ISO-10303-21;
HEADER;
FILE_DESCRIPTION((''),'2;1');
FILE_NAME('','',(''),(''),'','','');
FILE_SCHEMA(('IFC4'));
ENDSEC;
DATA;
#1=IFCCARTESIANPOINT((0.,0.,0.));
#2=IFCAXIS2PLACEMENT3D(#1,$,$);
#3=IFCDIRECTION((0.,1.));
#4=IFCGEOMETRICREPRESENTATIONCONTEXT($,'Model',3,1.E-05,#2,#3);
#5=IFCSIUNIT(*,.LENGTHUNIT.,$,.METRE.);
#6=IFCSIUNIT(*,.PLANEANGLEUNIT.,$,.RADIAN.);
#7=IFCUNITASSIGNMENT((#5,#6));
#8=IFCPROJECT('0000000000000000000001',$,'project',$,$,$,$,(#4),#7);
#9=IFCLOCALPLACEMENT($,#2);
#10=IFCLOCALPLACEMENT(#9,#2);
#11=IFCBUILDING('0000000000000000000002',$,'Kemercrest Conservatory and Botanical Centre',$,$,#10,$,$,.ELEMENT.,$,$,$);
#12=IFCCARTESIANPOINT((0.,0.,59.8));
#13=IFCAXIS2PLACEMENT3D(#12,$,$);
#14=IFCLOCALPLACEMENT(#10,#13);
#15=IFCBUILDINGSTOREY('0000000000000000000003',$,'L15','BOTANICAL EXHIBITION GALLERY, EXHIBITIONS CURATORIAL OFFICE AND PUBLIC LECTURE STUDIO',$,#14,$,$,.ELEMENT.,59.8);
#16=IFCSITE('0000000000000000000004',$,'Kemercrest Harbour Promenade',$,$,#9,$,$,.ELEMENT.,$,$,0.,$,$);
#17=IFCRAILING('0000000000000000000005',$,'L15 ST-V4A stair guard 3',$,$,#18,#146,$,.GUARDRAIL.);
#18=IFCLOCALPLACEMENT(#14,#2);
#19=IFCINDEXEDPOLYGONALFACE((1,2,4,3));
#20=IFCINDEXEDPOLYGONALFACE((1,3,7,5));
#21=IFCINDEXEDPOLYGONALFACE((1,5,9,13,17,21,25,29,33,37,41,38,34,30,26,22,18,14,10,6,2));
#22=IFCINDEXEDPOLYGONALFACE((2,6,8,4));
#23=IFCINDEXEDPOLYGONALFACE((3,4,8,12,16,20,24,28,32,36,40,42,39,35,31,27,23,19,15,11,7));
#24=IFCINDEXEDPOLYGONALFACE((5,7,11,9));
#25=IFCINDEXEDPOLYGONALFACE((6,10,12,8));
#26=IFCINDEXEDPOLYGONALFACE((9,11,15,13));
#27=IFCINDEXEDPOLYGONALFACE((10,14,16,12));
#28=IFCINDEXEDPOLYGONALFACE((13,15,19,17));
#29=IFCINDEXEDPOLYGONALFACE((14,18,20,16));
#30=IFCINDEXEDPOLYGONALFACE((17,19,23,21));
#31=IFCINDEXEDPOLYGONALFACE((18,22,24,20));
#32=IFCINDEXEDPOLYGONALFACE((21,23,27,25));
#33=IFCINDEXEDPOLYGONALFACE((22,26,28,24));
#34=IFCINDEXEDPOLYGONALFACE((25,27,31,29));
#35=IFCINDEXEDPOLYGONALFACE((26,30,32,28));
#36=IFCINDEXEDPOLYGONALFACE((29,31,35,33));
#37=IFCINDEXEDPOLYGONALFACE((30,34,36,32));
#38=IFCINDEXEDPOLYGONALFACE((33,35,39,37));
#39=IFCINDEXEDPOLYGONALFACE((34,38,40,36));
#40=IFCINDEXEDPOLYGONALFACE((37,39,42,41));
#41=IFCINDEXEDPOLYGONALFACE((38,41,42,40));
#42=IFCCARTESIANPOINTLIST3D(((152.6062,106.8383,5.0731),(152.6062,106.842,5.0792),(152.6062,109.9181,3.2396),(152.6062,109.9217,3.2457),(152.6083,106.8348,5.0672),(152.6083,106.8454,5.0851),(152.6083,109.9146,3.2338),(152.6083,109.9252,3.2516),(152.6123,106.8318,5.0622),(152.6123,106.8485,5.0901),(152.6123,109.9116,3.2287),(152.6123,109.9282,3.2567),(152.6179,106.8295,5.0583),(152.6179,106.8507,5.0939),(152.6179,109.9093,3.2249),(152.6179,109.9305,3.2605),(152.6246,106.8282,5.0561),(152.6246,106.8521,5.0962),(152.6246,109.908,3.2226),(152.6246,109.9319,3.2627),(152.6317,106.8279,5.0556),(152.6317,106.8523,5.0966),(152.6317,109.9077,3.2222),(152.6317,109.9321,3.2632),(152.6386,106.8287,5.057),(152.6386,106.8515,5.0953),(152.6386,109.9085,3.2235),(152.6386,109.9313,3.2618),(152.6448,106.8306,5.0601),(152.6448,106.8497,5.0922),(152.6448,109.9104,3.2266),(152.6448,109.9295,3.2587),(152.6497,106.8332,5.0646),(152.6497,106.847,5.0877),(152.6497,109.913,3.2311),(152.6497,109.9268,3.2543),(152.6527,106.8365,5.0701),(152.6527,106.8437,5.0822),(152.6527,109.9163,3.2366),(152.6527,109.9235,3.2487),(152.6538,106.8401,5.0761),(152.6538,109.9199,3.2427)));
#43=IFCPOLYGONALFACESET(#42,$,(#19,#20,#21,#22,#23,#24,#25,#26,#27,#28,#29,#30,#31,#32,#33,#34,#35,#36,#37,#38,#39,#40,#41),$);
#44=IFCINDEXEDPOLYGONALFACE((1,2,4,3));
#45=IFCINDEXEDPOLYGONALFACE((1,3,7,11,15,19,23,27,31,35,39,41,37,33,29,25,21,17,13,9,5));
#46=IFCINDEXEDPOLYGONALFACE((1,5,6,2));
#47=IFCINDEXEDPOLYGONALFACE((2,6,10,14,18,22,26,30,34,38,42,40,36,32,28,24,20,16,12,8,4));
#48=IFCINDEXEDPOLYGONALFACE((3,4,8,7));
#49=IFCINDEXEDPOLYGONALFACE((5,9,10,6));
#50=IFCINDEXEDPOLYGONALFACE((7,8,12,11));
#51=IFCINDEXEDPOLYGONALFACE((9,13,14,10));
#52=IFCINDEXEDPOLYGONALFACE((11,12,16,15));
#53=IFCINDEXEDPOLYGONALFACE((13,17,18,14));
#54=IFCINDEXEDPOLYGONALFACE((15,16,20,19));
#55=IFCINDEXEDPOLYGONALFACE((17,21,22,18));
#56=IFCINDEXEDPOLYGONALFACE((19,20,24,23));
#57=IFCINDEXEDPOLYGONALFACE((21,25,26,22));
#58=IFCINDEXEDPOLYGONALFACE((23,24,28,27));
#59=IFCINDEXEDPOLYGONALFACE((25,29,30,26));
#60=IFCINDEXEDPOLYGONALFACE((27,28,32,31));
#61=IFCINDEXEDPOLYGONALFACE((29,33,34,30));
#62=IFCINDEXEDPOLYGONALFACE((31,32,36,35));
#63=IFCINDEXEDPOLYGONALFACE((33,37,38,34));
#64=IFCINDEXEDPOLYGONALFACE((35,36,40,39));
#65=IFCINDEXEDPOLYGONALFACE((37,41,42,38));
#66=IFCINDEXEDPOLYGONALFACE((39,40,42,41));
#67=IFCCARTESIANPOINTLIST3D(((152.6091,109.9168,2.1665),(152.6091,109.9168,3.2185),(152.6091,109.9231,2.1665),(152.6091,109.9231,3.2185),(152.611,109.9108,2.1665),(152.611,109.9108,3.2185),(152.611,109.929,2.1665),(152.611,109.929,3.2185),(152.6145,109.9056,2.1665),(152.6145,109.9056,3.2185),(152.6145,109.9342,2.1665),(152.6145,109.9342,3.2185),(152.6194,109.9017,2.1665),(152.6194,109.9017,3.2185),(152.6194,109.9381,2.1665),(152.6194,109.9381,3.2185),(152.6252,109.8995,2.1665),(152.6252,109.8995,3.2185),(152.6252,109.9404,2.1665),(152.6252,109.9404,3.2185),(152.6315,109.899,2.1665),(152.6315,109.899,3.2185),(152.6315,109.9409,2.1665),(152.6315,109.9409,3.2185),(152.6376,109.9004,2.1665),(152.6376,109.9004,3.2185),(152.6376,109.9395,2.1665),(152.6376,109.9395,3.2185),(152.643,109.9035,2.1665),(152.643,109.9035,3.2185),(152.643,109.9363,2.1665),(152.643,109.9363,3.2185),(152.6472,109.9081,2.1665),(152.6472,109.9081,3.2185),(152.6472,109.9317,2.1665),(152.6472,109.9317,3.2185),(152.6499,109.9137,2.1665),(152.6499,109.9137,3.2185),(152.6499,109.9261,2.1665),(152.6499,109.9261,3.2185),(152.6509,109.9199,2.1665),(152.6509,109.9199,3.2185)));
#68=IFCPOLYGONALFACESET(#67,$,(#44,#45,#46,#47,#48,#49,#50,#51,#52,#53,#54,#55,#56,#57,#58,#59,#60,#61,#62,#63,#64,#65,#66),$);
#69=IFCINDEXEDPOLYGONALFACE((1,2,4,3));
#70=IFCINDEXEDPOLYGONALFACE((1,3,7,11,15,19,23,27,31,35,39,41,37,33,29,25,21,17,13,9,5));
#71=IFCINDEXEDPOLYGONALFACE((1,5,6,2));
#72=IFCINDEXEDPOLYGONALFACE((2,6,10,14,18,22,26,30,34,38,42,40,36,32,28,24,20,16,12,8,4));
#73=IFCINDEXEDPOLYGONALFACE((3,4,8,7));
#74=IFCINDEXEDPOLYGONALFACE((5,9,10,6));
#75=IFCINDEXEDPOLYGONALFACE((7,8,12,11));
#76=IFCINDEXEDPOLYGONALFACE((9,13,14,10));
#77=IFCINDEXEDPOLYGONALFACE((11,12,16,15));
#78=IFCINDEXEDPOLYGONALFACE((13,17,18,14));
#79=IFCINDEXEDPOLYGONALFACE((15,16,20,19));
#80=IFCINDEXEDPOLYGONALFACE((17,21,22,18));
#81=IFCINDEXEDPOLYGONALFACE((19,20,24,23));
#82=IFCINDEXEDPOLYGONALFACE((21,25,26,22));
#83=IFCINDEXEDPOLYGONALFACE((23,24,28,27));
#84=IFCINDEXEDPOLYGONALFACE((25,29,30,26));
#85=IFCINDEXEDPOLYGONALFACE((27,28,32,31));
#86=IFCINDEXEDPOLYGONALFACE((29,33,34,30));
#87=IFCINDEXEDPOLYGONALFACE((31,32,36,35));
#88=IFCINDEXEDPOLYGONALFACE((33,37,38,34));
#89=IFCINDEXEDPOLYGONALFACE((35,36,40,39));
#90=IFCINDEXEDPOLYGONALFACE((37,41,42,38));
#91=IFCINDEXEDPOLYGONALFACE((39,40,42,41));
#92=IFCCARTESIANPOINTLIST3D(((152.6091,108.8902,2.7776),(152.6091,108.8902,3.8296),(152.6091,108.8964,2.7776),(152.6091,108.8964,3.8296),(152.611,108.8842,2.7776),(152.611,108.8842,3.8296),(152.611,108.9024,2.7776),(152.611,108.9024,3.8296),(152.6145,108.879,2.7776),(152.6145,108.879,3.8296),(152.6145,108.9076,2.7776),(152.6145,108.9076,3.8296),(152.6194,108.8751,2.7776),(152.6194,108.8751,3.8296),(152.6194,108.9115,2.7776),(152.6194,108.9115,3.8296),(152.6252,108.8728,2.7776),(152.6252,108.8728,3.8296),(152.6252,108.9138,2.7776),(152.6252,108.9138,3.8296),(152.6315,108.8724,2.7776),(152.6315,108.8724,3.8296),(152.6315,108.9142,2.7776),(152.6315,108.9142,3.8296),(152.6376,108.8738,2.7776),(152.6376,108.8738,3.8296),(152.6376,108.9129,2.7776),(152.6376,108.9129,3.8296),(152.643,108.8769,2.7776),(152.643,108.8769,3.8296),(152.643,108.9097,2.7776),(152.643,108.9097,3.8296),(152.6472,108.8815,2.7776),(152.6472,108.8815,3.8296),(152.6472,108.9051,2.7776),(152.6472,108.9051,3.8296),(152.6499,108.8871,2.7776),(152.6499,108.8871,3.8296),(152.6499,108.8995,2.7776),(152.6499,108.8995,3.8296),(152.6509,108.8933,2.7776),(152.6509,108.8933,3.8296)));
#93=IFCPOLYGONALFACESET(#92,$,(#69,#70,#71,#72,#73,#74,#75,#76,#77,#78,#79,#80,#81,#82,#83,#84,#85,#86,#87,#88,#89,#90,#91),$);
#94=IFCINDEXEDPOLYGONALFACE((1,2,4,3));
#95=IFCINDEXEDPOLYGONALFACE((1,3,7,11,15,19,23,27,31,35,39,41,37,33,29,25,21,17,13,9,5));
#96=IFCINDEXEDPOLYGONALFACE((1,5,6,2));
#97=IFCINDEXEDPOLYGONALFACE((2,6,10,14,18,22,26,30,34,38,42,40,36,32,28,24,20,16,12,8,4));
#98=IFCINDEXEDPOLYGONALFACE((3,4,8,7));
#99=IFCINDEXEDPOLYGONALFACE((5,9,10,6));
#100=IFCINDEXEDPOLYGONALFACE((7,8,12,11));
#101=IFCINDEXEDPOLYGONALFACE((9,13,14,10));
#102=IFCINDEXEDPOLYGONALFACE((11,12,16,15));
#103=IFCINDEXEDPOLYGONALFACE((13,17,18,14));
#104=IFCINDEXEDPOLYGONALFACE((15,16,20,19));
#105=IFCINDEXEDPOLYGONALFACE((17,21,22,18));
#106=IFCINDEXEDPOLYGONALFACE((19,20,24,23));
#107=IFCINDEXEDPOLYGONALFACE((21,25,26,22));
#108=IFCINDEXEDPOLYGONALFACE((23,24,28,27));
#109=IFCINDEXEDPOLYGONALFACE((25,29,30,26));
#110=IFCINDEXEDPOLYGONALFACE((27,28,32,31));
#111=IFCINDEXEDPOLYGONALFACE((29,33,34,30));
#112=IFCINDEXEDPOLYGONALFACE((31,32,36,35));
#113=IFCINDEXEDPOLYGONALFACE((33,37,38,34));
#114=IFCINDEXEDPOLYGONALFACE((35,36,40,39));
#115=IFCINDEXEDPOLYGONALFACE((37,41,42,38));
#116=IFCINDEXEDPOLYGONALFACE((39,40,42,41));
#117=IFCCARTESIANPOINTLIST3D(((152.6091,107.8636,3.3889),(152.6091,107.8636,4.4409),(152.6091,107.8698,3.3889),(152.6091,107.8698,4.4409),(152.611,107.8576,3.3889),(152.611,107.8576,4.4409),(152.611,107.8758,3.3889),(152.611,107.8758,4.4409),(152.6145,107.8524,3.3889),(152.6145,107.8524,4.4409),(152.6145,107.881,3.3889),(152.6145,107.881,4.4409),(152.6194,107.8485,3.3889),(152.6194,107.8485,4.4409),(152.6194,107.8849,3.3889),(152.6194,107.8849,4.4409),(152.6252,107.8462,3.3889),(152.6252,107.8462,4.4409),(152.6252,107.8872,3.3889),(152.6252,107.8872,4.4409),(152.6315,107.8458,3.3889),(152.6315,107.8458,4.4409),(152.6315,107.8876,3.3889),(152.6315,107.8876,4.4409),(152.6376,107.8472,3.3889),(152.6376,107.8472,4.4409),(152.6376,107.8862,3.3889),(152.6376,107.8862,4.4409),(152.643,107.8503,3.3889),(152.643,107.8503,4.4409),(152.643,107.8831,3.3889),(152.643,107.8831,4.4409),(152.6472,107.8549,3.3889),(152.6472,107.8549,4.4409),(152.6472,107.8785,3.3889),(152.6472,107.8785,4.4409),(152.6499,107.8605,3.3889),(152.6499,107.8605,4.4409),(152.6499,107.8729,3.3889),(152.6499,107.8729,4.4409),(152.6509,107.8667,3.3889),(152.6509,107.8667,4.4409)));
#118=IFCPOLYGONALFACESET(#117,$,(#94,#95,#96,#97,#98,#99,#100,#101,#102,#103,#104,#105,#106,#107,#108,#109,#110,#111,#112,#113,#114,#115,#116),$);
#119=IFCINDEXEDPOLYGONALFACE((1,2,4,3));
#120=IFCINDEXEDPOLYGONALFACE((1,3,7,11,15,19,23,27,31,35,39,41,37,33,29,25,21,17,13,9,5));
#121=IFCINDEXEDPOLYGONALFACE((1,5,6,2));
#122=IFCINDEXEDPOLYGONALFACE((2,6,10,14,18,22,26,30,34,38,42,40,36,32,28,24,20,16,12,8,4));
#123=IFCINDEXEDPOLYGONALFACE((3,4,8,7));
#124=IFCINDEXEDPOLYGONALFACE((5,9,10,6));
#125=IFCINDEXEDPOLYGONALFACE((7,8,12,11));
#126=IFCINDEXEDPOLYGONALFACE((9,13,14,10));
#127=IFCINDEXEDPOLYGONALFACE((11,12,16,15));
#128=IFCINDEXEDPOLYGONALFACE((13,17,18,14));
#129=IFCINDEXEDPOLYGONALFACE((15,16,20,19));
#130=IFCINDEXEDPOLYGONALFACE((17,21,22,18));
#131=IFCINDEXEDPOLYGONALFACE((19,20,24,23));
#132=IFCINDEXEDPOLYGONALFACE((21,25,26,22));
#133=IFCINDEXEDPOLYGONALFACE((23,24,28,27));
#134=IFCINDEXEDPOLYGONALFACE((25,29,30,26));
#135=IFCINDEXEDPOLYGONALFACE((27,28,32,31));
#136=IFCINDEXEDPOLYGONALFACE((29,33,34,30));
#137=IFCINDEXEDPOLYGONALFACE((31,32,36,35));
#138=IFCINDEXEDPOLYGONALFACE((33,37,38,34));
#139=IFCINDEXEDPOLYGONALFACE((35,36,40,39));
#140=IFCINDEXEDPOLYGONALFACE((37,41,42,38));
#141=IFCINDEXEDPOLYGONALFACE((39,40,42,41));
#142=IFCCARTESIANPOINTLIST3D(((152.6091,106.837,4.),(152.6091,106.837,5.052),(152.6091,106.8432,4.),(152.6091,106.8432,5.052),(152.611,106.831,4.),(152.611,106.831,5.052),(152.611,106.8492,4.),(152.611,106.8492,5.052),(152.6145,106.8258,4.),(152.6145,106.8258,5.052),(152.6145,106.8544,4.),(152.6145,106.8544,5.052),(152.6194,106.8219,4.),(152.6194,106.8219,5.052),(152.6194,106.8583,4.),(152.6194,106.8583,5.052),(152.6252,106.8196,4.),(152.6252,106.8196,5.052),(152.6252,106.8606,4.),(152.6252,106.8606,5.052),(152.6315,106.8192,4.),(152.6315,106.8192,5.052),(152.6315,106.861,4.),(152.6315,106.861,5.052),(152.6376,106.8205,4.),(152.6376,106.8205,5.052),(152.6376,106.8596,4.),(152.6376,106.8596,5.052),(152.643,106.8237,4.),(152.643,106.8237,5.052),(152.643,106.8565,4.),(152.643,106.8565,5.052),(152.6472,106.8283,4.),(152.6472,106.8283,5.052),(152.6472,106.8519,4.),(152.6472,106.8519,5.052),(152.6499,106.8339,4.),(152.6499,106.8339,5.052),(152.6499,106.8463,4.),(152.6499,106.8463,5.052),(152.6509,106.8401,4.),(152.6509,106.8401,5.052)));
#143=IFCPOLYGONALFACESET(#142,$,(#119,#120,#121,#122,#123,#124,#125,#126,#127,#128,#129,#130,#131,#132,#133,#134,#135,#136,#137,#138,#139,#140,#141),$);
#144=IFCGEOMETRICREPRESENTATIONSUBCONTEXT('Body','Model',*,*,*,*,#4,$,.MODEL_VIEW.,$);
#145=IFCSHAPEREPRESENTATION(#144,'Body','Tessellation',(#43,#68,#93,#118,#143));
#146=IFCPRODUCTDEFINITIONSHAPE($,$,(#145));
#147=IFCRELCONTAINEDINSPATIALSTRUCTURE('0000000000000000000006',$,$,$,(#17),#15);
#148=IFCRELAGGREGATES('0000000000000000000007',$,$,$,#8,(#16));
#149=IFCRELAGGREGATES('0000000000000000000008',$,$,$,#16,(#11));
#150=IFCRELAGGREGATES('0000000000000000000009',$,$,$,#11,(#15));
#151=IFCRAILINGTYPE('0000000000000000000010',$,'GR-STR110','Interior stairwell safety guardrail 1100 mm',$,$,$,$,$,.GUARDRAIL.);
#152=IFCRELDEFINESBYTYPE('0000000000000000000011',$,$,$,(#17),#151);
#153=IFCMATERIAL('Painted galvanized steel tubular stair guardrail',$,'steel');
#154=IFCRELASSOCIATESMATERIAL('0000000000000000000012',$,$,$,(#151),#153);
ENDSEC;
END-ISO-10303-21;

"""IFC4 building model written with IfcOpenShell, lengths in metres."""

from ifc_helpers import new_model, si_unit, direction, frame, origin, origin_2d, place, context, subcontext, project, spatial, circle, extrude, material, type_object, element, save


model = new_model("IFC4")

# Units and contexts
model_context = context("Model", 3, precision=1e-05, world=origin(), true_north=direction((0.0, 1.0)))
body_context = subcontext(model_context, "Body", "Model", "MODEL_VIEW")
ifc_project = project(units=[si_unit("LENGTHUNIT", "METRE"), si_unit("PLANEANGLEUNIT", "RADIAN")], contexts=[model_context])

# Site, building, storey
site_placement = place(None, origin())
site = spatial("IfcSite", under=ifc_project, at=site_placement, Name="Kemercrest Harbour Promenade", CompositionType="ELEMENT", RefElevation=0.0)
building_placement = place(site_placement, origin())
building = spatial("IfcBuilding", under=site, at=building_placement, Name="Kemercrest Conservatory and Botanical Centre", CompositionType="ELEMENT")
storey_placement = place(building_placement, frame((0.0, 0.0, 59.8)))
storey = spatial("IfcBuildingStorey", under=building, at=storey_placement, Name="L15", Description="BOTANICAL EXHIBITION GALLERY, EXHIBITIONS CURATORIAL OFFICE AND PUBLIC LECTURE STUDIO", CompositionType="ELEMENT", Elevation=59.8)

# Railing
ifc_material_1 = material(Name="Painted galvanized steel tubular stair guardrail", Category="steel")
railing_type_1 = type_object("IfcRailingType", Name="GR-STR110", Description="Interior stairwell safety guardrail 1100 mm", PredefinedType="GUARDRAIL", material=ifc_material_1)
railing_1_placement = place(storey_placement, frame((152.6299, 109.9199, 2.1665)))
element("IfcRailing", 1, at=railing_1_placement, inside=storey, type_object=railing_type_1, Name="L15 ST-V4A stair guard 3", PredefinedType="GUARDRAIL", context=body_context, shape_type="SweptSolid", body=[
    extrude(circle(Radius=0.0239, at=origin_2d()), frame((0.0, 0.0, 1.0762), z_axis=(0.0, -0.859261, 0.511538), x_axis=(1.0, 0.0, 0.0)), (0.0, 0.0, 1.0), 3.5842),
    extrude(circle(Radius=0.021, at=origin_2d()), origin(), (0.0, 0.0, 1.0), 1.052),
    extrude(circle(Radius=0.021, at=origin_2d()), frame((0.0, -1.0266, 0.6111)), (0.0, 0.0, 1.0), 1.052),
    extrude(circle(Radius=0.021, at=origin_2d()), frame((0.0, -2.0532, 1.2224)), (0.0, 0.0, 1.0), 1.052),
    extrude(circle(Radius=0.021, at=origin_2d()), frame((0.0, -3.0798, 1.8335)), (0.0, 0.0, 1.0), 1.052),
])

save(model, "model.ifc")
